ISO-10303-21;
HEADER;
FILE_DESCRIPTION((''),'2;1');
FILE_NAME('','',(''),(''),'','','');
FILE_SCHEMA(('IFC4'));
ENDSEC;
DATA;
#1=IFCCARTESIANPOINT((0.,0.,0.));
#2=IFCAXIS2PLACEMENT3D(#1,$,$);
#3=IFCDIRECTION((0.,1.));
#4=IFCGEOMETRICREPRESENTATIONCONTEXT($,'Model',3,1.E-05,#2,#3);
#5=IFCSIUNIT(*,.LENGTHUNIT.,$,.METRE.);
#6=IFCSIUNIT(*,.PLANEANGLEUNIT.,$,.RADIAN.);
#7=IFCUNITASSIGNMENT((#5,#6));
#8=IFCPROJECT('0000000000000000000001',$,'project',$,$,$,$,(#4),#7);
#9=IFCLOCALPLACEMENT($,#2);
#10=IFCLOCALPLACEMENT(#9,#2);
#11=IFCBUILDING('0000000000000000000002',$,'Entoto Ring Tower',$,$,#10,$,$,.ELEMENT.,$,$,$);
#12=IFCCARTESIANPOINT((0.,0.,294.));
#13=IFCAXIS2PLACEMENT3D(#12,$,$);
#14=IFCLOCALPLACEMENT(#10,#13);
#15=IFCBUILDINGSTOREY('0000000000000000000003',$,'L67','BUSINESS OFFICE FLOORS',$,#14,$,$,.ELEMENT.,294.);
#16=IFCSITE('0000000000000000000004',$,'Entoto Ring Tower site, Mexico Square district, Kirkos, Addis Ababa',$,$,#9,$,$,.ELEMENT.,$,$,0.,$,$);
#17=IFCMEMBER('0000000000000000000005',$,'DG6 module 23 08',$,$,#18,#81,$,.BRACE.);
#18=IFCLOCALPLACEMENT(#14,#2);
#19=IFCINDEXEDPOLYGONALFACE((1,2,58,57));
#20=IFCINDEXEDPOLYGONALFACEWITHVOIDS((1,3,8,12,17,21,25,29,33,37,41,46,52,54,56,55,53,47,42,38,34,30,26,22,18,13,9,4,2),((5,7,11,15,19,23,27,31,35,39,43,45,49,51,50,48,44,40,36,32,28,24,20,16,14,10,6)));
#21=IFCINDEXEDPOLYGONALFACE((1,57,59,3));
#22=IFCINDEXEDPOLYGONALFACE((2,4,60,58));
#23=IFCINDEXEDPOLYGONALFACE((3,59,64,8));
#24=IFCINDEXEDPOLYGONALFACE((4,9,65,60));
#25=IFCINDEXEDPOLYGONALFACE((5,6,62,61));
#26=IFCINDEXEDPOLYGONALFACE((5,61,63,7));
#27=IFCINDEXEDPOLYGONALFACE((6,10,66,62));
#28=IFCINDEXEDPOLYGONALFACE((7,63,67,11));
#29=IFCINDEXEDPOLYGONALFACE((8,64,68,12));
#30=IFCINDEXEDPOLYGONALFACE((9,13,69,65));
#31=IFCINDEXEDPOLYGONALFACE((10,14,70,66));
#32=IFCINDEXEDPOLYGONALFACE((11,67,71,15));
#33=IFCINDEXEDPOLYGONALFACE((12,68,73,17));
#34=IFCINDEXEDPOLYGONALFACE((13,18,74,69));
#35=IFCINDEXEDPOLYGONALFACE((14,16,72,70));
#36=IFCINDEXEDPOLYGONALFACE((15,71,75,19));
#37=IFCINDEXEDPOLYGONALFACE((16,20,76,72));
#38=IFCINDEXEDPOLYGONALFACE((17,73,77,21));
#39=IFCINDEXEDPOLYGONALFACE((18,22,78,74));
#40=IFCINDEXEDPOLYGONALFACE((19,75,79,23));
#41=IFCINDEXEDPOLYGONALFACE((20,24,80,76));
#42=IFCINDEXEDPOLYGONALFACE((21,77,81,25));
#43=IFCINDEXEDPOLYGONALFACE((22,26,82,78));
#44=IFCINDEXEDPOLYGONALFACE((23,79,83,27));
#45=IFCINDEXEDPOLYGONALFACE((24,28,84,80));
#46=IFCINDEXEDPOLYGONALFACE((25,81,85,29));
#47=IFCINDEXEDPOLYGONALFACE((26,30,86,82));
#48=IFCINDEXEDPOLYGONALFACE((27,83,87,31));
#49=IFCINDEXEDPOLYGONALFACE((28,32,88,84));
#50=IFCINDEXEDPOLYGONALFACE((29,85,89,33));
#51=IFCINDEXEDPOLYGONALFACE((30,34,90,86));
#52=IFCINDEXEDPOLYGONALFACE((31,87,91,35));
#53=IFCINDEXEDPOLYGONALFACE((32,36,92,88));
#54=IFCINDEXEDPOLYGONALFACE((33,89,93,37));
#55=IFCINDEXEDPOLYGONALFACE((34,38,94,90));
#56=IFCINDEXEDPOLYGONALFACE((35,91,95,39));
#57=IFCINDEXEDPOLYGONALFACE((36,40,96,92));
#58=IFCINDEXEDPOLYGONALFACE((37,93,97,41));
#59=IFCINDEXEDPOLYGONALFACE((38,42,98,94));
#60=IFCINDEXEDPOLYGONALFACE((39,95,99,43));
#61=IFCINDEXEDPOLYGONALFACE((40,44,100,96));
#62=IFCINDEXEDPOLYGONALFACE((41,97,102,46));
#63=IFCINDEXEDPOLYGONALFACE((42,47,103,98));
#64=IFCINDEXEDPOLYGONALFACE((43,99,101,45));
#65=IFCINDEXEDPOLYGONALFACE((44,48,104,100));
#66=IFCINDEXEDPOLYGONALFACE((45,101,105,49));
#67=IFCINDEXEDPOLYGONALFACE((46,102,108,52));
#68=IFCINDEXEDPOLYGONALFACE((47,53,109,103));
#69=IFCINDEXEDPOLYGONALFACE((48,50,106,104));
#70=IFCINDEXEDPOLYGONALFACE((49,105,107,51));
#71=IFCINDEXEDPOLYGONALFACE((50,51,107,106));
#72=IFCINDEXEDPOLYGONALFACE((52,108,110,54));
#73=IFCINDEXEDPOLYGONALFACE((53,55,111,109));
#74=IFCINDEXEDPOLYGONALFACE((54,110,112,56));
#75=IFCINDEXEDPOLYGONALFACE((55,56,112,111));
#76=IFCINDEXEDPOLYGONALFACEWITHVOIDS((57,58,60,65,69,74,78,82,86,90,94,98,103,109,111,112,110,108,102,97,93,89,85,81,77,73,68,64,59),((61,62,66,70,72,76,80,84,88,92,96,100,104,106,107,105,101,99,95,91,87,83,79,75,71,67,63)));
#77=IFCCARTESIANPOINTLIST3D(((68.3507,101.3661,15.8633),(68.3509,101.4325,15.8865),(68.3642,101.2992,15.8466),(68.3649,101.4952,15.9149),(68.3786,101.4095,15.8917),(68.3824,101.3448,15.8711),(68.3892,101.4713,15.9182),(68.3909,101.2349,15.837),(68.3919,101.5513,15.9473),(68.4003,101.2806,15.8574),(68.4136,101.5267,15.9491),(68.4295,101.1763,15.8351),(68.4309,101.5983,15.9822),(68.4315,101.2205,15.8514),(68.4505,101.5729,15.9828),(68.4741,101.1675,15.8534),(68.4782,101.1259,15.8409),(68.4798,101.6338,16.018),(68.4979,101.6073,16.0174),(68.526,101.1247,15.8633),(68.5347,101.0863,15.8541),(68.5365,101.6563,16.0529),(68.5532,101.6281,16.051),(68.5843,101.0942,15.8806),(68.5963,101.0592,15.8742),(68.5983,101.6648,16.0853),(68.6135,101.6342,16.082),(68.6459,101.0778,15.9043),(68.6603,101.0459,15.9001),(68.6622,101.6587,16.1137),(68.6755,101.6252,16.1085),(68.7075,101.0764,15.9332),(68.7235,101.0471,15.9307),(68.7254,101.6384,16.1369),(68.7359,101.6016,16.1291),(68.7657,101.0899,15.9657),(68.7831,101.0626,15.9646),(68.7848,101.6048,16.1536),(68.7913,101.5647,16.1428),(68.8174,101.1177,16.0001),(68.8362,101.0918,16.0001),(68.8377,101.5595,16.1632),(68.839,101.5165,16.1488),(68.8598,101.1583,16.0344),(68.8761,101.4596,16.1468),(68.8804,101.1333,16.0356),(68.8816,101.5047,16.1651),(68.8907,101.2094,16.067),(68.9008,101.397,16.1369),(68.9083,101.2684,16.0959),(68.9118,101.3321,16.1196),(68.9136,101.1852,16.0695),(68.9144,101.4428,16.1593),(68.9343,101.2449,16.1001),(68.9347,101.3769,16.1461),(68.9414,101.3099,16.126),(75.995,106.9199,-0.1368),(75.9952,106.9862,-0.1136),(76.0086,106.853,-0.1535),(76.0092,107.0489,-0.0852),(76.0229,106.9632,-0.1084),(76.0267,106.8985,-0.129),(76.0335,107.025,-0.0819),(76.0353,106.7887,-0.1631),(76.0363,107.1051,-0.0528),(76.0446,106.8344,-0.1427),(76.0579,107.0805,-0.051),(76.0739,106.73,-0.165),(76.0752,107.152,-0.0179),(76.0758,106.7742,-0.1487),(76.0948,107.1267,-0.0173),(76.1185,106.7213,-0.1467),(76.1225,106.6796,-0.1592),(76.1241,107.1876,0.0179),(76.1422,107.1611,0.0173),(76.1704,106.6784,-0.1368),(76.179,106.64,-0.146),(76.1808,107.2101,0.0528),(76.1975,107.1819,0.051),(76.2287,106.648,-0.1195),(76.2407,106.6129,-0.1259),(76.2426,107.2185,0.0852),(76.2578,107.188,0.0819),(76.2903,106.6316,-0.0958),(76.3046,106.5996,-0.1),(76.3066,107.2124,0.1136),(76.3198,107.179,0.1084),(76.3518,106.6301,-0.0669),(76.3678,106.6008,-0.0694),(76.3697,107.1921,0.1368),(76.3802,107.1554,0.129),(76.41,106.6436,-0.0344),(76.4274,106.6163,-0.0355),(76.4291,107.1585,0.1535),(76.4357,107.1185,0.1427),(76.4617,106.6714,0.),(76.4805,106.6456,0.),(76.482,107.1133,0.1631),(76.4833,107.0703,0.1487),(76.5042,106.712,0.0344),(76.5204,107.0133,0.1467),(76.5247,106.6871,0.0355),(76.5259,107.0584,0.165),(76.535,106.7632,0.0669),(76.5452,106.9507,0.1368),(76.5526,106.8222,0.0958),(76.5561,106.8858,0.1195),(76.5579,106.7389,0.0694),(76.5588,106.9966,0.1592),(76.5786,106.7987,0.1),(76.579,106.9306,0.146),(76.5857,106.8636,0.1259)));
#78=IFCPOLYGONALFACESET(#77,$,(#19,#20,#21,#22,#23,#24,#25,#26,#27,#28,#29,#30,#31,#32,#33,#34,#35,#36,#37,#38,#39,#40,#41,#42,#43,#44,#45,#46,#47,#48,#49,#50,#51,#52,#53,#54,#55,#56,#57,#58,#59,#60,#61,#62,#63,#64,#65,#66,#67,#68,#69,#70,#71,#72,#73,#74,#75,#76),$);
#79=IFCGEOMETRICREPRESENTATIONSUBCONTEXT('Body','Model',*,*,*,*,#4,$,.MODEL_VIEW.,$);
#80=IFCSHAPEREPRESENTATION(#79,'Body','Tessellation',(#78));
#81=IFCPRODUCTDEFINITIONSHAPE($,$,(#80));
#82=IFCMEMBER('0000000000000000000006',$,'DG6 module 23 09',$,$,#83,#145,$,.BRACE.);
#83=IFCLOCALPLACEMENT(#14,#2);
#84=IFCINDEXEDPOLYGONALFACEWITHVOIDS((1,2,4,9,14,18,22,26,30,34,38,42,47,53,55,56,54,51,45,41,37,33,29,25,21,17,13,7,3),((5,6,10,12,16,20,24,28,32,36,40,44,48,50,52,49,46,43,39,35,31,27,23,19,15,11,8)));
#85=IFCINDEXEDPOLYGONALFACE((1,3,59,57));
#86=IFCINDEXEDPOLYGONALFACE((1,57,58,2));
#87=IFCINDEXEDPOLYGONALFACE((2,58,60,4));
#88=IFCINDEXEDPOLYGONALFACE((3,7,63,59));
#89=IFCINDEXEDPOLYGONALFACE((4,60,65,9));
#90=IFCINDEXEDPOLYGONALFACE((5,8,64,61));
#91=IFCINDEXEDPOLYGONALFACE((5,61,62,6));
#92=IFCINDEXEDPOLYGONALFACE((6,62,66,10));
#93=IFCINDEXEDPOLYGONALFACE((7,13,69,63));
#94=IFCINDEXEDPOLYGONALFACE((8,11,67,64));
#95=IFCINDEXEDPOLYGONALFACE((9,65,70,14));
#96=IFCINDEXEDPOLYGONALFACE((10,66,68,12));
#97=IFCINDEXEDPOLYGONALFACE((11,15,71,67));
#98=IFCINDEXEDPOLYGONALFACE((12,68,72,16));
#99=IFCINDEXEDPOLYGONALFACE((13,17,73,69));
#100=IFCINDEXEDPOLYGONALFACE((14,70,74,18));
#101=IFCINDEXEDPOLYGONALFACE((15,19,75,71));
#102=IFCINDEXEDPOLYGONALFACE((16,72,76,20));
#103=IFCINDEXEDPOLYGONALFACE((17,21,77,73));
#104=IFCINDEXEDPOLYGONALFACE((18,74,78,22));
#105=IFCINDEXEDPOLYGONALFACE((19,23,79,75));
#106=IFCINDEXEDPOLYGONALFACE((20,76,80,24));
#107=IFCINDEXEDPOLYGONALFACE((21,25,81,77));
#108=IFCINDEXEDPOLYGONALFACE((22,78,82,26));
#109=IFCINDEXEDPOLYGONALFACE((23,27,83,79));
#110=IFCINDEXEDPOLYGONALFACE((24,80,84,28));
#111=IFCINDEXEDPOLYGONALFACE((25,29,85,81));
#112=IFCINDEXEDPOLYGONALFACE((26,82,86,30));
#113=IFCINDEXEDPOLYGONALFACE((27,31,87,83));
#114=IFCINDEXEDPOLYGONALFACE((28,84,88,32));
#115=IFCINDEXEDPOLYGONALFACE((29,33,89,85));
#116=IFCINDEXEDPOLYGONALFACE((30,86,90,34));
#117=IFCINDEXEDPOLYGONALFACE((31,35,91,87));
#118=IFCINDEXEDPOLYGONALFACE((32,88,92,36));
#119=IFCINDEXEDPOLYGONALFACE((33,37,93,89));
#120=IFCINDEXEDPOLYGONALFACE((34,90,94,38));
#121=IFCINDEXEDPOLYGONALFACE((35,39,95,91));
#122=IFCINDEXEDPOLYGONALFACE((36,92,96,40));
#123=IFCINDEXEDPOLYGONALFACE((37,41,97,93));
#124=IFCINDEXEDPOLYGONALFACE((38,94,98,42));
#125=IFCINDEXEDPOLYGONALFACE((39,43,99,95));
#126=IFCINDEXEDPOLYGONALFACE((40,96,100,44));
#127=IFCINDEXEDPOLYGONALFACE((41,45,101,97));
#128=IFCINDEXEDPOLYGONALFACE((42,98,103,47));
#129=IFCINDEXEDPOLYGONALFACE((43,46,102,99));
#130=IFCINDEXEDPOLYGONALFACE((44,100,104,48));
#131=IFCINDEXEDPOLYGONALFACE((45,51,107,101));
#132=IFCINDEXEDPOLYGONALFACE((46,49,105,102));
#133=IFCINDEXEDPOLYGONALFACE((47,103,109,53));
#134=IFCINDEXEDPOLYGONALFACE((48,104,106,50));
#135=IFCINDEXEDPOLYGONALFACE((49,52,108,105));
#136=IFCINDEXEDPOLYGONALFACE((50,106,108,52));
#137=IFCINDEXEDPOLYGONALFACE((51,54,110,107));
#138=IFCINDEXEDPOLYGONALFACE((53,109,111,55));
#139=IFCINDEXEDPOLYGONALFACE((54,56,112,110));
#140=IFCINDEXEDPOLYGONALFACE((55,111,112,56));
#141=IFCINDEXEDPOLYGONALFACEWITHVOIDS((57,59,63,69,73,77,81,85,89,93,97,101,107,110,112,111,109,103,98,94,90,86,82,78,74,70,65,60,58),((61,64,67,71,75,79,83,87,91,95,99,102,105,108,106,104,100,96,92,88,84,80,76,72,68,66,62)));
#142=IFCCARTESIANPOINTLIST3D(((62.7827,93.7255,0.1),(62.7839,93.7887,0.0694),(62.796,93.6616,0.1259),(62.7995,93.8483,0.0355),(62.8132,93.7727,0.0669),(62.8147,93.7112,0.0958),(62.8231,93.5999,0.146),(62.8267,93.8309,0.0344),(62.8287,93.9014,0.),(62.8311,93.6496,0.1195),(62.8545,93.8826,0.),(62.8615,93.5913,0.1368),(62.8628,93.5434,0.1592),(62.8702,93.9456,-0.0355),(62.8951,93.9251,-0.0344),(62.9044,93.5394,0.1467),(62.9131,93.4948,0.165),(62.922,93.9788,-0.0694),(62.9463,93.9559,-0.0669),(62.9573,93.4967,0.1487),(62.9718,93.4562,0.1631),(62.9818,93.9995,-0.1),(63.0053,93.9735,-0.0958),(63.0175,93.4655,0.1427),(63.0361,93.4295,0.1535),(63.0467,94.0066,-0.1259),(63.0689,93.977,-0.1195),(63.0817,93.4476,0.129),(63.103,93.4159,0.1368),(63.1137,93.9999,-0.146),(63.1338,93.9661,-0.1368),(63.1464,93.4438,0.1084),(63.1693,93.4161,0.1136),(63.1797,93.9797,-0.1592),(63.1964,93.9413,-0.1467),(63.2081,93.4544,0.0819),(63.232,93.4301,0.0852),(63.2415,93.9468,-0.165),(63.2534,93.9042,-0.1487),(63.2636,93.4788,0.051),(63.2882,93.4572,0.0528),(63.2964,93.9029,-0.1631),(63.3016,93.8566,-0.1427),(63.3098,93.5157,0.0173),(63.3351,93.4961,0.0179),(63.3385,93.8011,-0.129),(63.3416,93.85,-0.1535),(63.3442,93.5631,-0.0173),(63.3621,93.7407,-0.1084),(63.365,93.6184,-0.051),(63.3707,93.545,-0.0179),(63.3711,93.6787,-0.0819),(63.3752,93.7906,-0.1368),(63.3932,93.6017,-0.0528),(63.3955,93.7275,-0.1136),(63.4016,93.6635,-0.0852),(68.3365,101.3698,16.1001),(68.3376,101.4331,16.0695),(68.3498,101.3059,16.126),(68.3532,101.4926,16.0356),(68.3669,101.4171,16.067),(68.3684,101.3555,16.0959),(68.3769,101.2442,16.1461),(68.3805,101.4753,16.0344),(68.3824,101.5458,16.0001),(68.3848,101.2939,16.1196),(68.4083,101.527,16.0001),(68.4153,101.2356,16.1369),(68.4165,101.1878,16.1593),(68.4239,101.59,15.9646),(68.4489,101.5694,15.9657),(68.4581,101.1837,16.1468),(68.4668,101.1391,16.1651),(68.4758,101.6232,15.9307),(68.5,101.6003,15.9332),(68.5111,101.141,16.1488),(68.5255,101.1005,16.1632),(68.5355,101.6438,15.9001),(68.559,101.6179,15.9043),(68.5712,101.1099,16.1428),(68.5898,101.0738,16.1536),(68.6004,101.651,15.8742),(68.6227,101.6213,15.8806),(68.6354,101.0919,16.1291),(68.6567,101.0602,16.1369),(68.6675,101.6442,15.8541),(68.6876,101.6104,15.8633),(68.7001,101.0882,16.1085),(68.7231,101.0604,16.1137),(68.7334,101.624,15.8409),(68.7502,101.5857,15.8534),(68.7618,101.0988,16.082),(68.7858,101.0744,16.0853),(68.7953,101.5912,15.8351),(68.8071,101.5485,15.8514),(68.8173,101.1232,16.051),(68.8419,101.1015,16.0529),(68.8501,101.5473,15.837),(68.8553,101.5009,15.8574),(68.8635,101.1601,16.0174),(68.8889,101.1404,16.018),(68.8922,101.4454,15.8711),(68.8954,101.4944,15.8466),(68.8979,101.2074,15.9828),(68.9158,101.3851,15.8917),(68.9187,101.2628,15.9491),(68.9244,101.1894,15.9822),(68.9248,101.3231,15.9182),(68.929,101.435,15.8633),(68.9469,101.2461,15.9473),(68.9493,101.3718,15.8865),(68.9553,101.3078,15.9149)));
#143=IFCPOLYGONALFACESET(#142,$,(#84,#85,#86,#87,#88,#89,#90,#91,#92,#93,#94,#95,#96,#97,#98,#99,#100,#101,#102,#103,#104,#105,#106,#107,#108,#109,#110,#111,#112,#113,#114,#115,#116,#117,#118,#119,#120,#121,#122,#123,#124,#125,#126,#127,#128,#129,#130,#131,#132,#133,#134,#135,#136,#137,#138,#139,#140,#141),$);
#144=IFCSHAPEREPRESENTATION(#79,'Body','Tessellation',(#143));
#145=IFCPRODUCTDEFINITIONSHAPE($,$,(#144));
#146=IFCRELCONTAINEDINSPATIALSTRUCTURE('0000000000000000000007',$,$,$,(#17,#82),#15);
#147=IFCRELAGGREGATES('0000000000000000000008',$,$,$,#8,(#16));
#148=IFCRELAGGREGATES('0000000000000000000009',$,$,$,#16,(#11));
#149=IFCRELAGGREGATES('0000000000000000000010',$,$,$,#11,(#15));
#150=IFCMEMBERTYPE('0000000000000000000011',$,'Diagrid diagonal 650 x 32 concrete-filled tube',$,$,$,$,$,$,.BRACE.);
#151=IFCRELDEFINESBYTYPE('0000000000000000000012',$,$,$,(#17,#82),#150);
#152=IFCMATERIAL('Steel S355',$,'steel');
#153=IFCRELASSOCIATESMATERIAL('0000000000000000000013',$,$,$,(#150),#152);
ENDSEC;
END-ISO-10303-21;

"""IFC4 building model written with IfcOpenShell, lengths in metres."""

from ifc_helpers import new_model, si_unit, direction, frame, origin, origin_2d, place, context, subcontext, project, spatial, circle, hollow_circle, extrude, material, material_profile, profile_set, type_object, element, save


model = new_model("IFC4")

# Units and contexts
model_context = context("Model", 3, precision=1e-05, world=origin(), true_north=direction((0.0, 1.0)))
body_context = subcontext(model_context, "Body", "Model", "MODEL_VIEW")
ifc_project = project(units=[si_unit("LENGTHUNIT", "METRE"), si_unit("PLANEANGLEUNIT", "RADIAN")], contexts=[model_context])

# Site, building, storey
site_placement = place(None, origin())
site = spatial("IfcSite", under=ifc_project, at=site_placement, Name="Entoto Ring Tower site, Mexico Square district, Kirkos, Addis Ababa", CompositionType="ELEMENT", RefElevation=0.0)
building_placement = place(site_placement, origin())
building = spatial("IfcBuilding", under=site, at=building_placement, Name="Entoto Ring Tower", CompositionType="ELEMENT")
storey_placement = place(building_placement, frame((0.0, 0.0, 294.0)))
storey = spatial("IfcBuildingStorey", under=building, at=storey_placement, Name="L67", Description="BUSINESS OFFICE FLOORS", CompositionType="ELEMENT", Elevation=294.0)

# Members
ifc_material_1 = material(Name="Steel S355", Category="steel")
ifc_material_profile_1 = material_profile(ifc_material_1, hollow_circle(Radius=0.325, WallThickness=0.032, at=origin_2d()), Name="CHS 650 x 32")
ifc_material_2 = material(Name="Concrete C60/75", Category="concrete")
ifc_material_profile_2 = material_profile(ifc_material_2, circle(Radius=0.293, at=origin_2d()), Name="Concrete C60/75 infill")
ifc_profile_set_1 = profile_set([ifc_material_profile_1, ifc_material_profile_2], Name="Steel S355")
member_type_1 = type_object("IfcMemberType", Name="Diagrid diagonal 650 x 32 concrete-filled tube", PredefinedType="BRACE", material=ifc_profile_set_1)
for number, where, z_axis, x_axis, name in (
    (1, (76.2896, 106.9084, 0.0), (-0.411388, -0.298881, 0.861063), (0.587772, -0.809026, 0.0), "DG6 module 23 08"),
    (2, (63.0916, 93.7104, 0.0), (0.298881, 0.411388, 0.861063), (-0.809026, 0.587772, 0.0), "DG6 module 23 09"),
):
    element("IfcMember", number, at=place(storey_placement, frame(where, z_axis=z_axis, x_axis=x_axis)), inside=storey, type_object=member_type_1, Name=name, PredefinedType="BRACE", context=body_context, shape_type="SweptSolid", body=[
        extrude(hollow_circle(Radius=0.325, WallThickness=0.032, at=origin_2d()), origin(), (0.0, 0.0, 1.0), 18.5818),
    ])

save(model, "model.ifc")
